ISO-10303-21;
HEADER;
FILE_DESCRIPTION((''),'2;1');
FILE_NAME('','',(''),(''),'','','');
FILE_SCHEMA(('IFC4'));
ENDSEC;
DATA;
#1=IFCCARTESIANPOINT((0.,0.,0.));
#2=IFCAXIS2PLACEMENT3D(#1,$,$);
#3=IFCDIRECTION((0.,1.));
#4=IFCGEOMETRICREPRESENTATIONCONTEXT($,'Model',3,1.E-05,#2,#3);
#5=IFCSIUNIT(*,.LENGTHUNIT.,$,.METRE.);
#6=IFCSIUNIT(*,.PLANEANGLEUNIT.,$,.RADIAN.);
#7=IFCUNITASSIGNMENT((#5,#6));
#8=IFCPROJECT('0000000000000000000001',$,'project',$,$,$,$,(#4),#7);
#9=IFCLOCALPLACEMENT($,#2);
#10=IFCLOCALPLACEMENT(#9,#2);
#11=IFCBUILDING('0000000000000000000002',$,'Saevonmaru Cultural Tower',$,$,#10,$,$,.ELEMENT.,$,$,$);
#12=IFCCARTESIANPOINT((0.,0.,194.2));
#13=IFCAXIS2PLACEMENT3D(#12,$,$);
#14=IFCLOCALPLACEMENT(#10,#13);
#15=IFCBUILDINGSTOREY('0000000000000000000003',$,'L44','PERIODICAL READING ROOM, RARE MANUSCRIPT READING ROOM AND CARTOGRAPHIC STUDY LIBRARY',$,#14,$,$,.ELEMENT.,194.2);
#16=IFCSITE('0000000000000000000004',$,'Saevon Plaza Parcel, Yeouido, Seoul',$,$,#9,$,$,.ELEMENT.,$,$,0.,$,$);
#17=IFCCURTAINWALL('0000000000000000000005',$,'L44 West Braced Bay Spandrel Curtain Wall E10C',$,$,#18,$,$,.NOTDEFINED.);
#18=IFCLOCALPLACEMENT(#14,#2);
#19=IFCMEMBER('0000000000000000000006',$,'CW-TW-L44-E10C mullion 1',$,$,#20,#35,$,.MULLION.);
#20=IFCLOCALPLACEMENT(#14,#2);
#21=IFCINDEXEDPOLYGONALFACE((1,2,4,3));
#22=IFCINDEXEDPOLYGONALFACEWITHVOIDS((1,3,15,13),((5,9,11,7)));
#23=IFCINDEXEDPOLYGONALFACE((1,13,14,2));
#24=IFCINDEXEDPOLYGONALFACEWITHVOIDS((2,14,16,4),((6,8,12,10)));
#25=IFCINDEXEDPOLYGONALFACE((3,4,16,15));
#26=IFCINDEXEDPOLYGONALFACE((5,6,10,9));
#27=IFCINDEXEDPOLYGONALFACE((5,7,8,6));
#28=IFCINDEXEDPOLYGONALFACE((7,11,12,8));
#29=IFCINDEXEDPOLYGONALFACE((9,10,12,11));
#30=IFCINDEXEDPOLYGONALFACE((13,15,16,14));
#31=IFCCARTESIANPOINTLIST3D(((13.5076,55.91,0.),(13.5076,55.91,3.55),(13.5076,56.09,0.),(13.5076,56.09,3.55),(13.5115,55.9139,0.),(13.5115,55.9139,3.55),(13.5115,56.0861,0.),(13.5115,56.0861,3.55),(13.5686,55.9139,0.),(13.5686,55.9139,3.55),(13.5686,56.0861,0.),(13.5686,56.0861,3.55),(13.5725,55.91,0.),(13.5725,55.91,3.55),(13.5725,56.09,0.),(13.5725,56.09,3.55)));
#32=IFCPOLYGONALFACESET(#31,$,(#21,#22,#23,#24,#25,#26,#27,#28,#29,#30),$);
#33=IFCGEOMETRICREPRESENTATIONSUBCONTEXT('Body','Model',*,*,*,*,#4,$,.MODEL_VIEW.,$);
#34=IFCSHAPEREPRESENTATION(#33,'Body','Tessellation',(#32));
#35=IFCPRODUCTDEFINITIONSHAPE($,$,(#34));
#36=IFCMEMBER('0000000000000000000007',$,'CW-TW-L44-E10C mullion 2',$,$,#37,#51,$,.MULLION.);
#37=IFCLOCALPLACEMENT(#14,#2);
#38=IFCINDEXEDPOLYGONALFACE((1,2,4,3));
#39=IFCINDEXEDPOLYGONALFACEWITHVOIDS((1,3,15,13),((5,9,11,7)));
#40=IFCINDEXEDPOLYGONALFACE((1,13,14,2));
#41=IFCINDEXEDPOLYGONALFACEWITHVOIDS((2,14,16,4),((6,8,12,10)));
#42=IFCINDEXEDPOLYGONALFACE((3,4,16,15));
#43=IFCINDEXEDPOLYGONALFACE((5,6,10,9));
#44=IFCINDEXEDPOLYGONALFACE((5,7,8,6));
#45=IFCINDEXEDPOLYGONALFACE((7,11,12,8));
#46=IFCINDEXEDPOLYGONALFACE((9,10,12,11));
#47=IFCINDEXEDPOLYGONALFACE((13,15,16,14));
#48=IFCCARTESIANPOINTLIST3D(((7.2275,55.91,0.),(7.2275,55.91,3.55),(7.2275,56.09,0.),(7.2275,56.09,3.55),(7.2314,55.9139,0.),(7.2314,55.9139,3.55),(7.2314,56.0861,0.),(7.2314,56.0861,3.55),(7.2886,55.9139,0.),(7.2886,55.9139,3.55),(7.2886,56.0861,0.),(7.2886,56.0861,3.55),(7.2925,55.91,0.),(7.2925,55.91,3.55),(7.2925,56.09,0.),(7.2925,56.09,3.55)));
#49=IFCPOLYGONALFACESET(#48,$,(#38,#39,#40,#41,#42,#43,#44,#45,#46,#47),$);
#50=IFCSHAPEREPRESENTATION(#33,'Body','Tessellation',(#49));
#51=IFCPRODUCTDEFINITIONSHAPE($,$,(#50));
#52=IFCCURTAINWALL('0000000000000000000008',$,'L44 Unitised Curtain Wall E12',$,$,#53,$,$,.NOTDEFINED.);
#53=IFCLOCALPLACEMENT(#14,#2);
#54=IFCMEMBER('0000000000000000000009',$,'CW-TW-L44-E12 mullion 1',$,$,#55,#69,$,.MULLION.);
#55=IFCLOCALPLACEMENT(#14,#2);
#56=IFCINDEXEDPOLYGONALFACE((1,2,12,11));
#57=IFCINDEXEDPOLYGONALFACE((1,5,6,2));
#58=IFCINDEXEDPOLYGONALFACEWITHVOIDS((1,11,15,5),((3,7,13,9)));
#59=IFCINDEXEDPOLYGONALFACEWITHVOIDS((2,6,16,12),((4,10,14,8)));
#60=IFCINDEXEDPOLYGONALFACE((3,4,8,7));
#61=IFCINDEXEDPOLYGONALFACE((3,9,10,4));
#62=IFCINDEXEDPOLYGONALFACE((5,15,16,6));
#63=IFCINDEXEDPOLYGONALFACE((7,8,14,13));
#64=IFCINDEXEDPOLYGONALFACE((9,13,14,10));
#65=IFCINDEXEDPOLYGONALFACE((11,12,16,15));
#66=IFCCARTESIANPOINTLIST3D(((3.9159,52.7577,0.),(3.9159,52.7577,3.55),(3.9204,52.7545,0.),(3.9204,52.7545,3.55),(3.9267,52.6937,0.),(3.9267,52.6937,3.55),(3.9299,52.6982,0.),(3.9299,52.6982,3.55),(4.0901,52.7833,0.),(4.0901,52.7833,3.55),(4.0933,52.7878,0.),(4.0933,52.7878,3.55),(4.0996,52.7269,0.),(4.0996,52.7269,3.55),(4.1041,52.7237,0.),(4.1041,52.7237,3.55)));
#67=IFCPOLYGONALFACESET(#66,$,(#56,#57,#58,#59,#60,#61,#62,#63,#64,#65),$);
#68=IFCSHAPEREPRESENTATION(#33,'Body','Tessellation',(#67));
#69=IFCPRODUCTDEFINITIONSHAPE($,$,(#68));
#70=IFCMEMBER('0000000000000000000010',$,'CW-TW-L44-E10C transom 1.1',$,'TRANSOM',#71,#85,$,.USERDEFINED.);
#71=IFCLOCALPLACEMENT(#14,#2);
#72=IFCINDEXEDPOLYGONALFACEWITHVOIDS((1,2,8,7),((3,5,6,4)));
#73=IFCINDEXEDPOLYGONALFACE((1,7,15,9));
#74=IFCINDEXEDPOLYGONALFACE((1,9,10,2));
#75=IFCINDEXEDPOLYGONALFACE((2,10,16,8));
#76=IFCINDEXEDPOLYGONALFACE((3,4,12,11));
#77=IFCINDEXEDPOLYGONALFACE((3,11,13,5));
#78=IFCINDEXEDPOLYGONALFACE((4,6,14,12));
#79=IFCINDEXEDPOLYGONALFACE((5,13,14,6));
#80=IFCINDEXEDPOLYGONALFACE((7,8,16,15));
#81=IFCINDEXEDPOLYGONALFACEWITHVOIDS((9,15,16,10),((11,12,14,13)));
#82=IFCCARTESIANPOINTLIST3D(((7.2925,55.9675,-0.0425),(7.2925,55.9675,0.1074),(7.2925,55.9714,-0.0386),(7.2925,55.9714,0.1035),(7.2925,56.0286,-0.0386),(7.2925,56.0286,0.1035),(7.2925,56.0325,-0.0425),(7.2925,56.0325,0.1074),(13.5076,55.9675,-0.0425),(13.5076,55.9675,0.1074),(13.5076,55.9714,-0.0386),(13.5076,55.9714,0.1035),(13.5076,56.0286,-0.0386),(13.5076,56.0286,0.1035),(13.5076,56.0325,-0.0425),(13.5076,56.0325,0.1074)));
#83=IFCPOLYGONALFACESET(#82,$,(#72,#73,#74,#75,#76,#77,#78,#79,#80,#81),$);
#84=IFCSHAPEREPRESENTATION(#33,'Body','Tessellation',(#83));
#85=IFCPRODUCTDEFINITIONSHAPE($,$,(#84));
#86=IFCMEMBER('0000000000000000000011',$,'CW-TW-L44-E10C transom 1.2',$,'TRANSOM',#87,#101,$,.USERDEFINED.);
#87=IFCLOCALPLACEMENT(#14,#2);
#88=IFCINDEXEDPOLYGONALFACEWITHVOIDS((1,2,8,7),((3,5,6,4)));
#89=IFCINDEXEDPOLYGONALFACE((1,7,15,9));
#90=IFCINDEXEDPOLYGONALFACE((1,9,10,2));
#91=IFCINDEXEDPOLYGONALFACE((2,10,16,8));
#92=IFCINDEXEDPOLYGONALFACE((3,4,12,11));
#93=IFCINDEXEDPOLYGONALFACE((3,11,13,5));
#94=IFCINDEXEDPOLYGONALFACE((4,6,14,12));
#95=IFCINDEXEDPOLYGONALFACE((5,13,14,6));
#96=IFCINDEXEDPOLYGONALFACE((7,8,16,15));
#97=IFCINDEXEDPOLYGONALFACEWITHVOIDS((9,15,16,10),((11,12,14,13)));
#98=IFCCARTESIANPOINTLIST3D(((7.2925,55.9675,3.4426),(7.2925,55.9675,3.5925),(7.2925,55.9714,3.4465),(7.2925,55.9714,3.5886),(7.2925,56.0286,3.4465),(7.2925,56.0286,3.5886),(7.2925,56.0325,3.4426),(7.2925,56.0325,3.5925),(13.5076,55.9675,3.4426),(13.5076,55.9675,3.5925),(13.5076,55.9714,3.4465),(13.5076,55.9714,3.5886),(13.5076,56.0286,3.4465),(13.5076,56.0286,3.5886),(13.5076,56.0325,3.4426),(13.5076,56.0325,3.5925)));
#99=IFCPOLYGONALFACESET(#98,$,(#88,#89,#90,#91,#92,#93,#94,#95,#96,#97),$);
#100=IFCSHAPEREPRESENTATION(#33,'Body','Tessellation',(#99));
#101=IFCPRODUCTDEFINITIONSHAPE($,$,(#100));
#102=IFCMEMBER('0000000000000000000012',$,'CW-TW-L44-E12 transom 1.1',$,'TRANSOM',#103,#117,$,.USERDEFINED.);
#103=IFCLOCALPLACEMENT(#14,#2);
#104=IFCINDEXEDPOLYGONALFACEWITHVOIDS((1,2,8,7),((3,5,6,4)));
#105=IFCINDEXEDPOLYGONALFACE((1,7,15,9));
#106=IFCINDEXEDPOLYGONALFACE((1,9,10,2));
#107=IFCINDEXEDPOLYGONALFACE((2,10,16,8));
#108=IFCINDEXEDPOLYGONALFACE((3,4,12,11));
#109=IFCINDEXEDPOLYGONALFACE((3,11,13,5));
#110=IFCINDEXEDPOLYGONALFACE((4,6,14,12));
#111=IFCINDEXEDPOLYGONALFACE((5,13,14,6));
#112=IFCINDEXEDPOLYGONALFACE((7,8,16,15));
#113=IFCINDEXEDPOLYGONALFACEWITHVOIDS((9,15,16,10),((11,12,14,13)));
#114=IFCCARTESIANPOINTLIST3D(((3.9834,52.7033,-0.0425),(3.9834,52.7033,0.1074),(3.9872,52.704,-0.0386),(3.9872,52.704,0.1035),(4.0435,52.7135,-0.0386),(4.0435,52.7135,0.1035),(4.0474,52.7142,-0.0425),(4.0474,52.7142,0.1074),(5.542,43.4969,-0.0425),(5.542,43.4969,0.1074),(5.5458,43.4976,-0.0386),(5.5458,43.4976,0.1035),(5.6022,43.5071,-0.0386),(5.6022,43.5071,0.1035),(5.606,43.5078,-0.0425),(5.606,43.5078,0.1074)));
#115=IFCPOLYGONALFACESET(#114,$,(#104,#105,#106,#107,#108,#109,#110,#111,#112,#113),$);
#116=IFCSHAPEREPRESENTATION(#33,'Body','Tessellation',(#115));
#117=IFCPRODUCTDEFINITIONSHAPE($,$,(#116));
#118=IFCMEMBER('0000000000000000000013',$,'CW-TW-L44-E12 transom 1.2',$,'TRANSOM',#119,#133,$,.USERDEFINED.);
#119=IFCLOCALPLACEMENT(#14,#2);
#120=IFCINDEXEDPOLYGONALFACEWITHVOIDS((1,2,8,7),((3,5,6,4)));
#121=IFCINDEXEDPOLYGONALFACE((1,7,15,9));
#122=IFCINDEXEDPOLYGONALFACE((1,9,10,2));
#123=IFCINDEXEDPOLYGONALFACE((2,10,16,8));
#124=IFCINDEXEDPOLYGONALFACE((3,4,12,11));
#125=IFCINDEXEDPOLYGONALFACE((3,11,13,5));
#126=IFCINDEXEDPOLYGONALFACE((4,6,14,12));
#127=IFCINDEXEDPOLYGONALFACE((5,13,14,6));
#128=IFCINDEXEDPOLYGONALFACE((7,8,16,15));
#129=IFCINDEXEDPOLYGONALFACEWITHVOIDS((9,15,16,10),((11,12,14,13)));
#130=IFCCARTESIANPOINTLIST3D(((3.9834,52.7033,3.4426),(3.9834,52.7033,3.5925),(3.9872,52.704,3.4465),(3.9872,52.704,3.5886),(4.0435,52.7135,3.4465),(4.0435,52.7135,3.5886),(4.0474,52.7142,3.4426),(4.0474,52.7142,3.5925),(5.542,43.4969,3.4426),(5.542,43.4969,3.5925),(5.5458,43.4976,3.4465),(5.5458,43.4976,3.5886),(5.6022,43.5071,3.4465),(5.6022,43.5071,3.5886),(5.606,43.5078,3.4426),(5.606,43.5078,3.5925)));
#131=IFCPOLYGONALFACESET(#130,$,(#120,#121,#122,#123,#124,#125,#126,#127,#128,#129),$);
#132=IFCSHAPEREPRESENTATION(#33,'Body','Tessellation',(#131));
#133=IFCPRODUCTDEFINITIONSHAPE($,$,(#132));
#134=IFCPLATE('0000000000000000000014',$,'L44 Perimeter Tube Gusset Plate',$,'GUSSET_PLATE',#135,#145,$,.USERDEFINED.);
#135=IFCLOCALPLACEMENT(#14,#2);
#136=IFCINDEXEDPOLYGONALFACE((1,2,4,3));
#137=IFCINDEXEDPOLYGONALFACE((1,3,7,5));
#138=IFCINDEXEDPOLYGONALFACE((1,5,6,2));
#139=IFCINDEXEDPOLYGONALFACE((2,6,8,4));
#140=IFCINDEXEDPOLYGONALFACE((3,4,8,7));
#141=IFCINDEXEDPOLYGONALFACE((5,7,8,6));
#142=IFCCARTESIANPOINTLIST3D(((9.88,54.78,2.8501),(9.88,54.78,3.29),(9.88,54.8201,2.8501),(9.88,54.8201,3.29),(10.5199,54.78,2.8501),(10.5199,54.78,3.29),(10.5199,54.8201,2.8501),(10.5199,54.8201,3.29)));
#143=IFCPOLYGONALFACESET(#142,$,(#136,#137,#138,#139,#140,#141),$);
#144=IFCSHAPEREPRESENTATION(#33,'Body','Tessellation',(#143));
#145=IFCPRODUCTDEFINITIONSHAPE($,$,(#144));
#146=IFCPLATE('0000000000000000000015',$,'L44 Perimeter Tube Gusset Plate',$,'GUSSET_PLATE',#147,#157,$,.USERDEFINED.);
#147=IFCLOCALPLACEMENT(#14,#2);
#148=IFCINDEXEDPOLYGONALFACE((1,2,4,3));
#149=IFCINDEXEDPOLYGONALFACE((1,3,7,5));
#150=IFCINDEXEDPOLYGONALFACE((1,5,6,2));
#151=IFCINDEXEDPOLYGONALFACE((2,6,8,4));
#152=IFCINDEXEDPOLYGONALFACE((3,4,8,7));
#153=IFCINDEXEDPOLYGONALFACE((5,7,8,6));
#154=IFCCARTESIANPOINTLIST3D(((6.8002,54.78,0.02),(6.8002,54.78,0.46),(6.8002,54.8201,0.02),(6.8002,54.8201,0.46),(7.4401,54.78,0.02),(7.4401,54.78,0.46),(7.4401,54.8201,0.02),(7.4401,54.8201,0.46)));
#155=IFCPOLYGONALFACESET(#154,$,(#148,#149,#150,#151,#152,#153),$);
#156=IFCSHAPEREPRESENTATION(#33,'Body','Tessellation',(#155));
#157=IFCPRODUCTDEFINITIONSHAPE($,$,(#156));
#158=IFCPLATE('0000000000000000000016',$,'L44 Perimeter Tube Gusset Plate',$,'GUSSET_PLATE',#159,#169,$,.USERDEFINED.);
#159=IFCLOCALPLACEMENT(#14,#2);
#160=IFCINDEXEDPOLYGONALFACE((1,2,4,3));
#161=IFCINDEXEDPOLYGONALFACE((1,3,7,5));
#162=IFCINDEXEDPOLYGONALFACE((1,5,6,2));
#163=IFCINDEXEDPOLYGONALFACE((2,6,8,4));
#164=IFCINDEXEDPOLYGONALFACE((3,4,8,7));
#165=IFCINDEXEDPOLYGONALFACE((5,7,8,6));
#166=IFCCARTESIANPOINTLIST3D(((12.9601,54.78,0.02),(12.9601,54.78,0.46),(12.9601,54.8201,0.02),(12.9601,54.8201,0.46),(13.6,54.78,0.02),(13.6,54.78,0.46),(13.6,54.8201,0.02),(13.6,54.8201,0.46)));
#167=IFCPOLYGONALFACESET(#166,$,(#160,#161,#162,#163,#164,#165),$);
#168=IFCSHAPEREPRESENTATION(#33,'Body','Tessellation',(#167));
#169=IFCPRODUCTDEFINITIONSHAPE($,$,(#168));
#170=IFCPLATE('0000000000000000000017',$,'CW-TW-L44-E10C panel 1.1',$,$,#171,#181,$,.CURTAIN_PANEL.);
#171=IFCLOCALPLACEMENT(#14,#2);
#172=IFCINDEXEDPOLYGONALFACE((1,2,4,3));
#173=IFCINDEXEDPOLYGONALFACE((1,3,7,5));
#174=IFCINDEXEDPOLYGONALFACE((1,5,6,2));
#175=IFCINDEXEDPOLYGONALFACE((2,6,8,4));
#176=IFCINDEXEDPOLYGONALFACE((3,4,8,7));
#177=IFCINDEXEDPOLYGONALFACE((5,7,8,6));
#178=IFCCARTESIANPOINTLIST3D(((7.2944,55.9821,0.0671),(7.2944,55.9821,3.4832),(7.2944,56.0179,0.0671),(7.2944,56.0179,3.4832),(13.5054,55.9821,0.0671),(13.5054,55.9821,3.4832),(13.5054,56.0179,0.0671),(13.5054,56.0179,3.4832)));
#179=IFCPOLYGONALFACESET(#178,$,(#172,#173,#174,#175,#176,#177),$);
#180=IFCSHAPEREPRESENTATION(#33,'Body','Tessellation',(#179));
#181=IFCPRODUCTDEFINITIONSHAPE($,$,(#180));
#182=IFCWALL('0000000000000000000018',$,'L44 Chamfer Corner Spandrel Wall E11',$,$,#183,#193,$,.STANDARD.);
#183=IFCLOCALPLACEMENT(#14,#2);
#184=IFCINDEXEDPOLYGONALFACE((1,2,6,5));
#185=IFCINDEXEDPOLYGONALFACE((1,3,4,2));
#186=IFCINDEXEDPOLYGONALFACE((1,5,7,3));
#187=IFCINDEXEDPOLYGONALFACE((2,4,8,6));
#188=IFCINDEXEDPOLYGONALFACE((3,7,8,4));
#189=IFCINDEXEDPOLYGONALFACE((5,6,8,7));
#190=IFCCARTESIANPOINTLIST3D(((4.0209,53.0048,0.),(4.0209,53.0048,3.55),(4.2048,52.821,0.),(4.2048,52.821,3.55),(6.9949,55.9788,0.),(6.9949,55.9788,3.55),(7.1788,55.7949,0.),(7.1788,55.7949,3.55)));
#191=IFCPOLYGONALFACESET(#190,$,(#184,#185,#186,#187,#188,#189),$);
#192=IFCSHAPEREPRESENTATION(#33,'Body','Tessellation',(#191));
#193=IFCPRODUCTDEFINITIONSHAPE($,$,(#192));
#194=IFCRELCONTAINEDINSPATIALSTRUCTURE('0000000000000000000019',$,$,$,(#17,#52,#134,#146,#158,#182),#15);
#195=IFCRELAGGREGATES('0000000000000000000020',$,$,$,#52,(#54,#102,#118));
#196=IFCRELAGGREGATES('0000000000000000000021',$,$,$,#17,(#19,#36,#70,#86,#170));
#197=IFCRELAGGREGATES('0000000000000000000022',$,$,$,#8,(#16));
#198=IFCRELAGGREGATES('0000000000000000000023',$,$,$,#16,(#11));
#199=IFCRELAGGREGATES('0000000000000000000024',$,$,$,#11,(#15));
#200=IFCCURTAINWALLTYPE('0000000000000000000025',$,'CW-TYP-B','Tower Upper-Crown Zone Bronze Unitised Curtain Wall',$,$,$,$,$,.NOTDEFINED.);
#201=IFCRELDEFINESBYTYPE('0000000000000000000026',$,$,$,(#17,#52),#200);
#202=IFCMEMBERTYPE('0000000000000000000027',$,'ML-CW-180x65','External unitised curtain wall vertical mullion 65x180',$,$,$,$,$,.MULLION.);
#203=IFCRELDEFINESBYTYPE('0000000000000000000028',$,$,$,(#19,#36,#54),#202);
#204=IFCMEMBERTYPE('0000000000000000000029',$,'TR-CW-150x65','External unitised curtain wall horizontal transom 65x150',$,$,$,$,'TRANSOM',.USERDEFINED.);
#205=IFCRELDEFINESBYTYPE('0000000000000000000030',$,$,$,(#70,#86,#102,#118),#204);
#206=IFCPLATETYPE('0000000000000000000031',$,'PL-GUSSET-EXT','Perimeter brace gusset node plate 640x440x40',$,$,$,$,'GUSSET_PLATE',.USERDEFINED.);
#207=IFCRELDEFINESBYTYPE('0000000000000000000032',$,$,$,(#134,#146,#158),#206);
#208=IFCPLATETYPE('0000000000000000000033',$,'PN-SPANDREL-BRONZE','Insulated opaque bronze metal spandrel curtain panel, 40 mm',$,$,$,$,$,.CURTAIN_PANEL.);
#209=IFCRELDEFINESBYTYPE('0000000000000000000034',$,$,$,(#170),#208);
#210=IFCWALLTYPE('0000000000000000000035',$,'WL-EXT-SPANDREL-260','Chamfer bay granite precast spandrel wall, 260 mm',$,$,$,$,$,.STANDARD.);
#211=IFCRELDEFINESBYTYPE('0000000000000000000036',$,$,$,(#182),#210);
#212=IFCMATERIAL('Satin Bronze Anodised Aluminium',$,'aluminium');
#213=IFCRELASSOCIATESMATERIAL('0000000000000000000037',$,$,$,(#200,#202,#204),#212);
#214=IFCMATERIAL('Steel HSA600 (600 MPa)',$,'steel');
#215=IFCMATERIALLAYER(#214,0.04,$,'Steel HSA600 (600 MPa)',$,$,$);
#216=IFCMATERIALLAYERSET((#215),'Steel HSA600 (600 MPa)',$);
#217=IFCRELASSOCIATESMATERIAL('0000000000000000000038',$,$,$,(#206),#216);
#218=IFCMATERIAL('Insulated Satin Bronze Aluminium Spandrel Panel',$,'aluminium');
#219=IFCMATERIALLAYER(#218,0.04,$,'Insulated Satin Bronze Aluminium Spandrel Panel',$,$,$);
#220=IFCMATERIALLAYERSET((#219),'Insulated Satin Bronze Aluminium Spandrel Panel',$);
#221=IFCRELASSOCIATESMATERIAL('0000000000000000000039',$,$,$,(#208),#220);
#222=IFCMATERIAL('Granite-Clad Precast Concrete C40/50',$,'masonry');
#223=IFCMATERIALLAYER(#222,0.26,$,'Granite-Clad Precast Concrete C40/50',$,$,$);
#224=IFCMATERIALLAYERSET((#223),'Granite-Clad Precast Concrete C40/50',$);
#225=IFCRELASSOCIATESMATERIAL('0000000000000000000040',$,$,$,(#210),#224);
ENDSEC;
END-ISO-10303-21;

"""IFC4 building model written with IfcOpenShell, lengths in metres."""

from ifc_helpers import new_model, si_unit, direction, frame, frame_2d, origin, origin_2d, place, context, subcontext, project, spatial, rectangle, hollow_rectangle, extrude, material, layer, layer_set, material_profile, profile_set, type_object, element, aggregate, save


model = new_model("IFC4")

# Units and contexts
model_context = context("Model", 3, precision=1e-05, world=origin(), true_north=direction((0.0, 1.0)))
body_context = subcontext(model_context, "Body", "Model", "MODEL_VIEW")
ifc_project = project(units=[si_unit("LENGTHUNIT", "METRE"), si_unit("PLANEANGLEUNIT", "RADIAN")], contexts=[model_context])

# Site, building, storey
site_placement = place(None, origin())
site = spatial("IfcSite", under=ifc_project, at=site_placement, Name="Saevon Plaza Parcel, Yeouido, Seoul", CompositionType="ELEMENT", RefElevation=0.0)
building_placement = place(site_placement, origin())
building = spatial("IfcBuilding", under=site, at=building_placement, Name="Saevonmaru Cultural Tower", CompositionType="ELEMENT")
storey_placement = place(building_placement, frame((0.0, 0.0, 194.2)))
storey = spatial("IfcBuildingStorey", under=building, at=storey_placement, Name="L44", Description="PERIODICAL READING ROOM, RARE MANUSCRIPT READING ROOM AND CARTOGRAPHIC STUDY LIBRARY", CompositionType="ELEMENT", Elevation=194.2)

# Curtain wall, members
ifc_material_1 = material(Name="Satin Bronze Anodised Aluminium", Category="aluminium")
curtain_wall_type = type_object("IfcCurtainWallType", Name="CW-TYP-B", Description="Tower Upper-Crown Zone Bronze Unitised Curtain Wall", PredefinedType="NOTDEFINED", material=ifc_material_1)
curtain_wall_1_placement = place(storey_placement, origin())
curtain_wall_1 = element("IfcCurtainWall", 1, at=curtain_wall_1_placement, inside=storey, type_object=curtain_wall_type, Name="L44 West Braced Bay Spandrel Curtain Wall E10C", PredefinedType="NOTDEFINED")
ifc_material_profile_1 = material_profile(ifc_material_1, hollow_rectangle(XDim=0.0649, YDim=0.1799, WallThickness=0.0039, at=origin_2d()), Name="ALU-MULL-180x65x4")
ifc_profile_set_1 = profile_set([ifc_material_profile_1], Name="Satin Bronze Anodised Aluminium")
member_type_1 = type_object("IfcMemberType", Name="ML-CW-180x65", Description="External unitised curtain wall vertical mullion 65x180", PredefinedType="MULLION", material=ifc_profile_set_1)
member_1_placement = place(storey_placement, frame((13.54, 56.0, 0.0), z_axis=(0.0, 0.0, 1.0), x_axis=(-1.0, 0.0, 0.0)))
member_1 = element("IfcMember", 2, at=member_1_placement, type_object=member_type_1, Name="CW-TW-L44-E10C mullion 1", PredefinedType="MULLION", context=body_context, shape_type="SweptSolid", body=[
    extrude(hollow_rectangle(XDim=0.0649, YDim=0.1799, WallThickness=0.0039, at=origin_2d()), origin(), (0.0, 0.0, 1.0), 3.55),
])
member_2_placement = place(storey_placement, frame((7.26, 56.0, 0.0), z_axis=(0.0, 0.0, 1.0), x_axis=(-1.0, 0.0, 0.0)))
member_2 = element("IfcMember", 3, at=member_2_placement, type_object=member_type_1, Name="CW-TW-L44-E10C mullion 2", PredefinedType="MULLION", context=body_context, shape_type="SweptSolid", body=[
    extrude(hollow_rectangle(XDim=0.0649, YDim=0.1799, WallThickness=0.0039, at=origin_2d()), origin(), (0.0, 0.0, 1.0), 3.55),
])

# Curtain wall, member
curtain_wall_2_placement = place(storey_placement, origin())
curtain_wall_2 = element("IfcCurtainWall", 4, at=curtain_wall_2_placement, inside=storey, type_object=curtain_wall_type, Name="L44 Unitised Curtain Wall E12", PredefinedType="NOTDEFINED")
member_3_placement = place(storey_placement, frame((4.01, 52.7407, 0.0), z_axis=(0.0, 0.0, 1.0), x_axis=(0.166922, -0.98597, 0.0)))
member_3 = element("IfcMember", 5, at=member_3_placement, type_object=member_type_1, Name="CW-TW-L44-E12 mullion 1", PredefinedType="MULLION", context=body_context, shape_type="SweptSolid", body=[
    extrude(hollow_rectangle(XDim=0.0649, YDim=0.1799, WallThickness=0.0039, at=origin_2d()), origin(), (0.0, 0.0, 1.0), 3.55),
])

# Members
ifc_material_profile_2 = material_profile(ifc_material_1, hollow_rectangle(XDim=0.0649, YDim=0.1499, WallThickness=0.0039, at=origin_2d()), Name="ALU-TRAN-150x65x4")
ifc_profile_set_2 = profile_set([ifc_material_profile_2], Name="Satin Bronze Anodised Aluminium")
member_type_2 = type_object("IfcMemberType", Name="TR-CW-150x65", Description="External unitised curtain wall horizontal transom 65x150", ElementType="TRANSOM", PredefinedType="USERDEFINED", material=ifc_profile_set_2)
member_4_placement = place(storey_placement, frame((13.5076, 56.0, 0.0325), z_axis=(-1.0, 0.0, 0.0), x_axis=(0.0, -1.0, 0.0)))
member_4 = element("IfcMember", 6, at=member_4_placement, type_object=member_type_2, Name="CW-TW-L44-E10C transom 1.1", ObjectType="TRANSOM", PredefinedType="USERDEFINED", context=body_context, shape_type="SweptSolid", body=[
    extrude(hollow_rectangle(XDim=0.0649, YDim=0.1499, WallThickness=0.0039, at=origin_2d()), origin(), (0.0, 0.0, 1.0), 6.2151),
])
member_5_placement = place(storey_placement, frame((13.5076, 56.0, 3.5176), z_axis=(-1.0, 0.0, 0.0), x_axis=(0.0, -1.0, 0.0)))
member_5 = element("IfcMember", 7, at=member_5_placement, type_object=member_type_2, Name="CW-TW-L44-E10C transom 1.2", ObjectType="TRANSOM", PredefinedType="USERDEFINED", context=body_context, shape_type="SweptSolid", body=[
    extrude(hollow_rectangle(XDim=0.0649, YDim=0.1499, WallThickness=0.0039, at=origin_2d()), origin(), (0.0, 0.0, 1.0), 6.2151),
])
member_6_placement = place(storey_placement, frame((4.0154, 52.7087, 0.0325), z_axis=(0.166921, -0.98597, 0.0), x_axis=(0.98597, 0.166921, 0.0)))
member_6 = element("IfcMember", 8, at=member_6_placement, type_object=member_type_2, Name="CW-TW-L44-E12 transom 1.1", ObjectType="TRANSOM", PredefinedType="USERDEFINED", context=body_context, shape_type="SweptSolid", body=[
    extrude(hollow_rectangle(XDim=0.0649, YDim=0.1499, WallThickness=0.0039, at=origin_2d()), origin(), (0.0, 0.0, 1.0), 9.3374),
])
member_7_placement = place(storey_placement, frame((4.0154, 52.7087, 3.5176), z_axis=(0.166921, -0.98597, 0.0), x_axis=(0.98597, 0.166921, 0.0)))
member_7 = element("IfcMember", 9, at=member_7_placement, type_object=member_type_2, Name="CW-TW-L44-E12 transom 1.2", ObjectType="TRANSOM", PredefinedType="USERDEFINED", context=body_context, shape_type="SweptSolid", body=[
    extrude(hollow_rectangle(XDim=0.0649, YDim=0.1499, WallThickness=0.0039, at=origin_2d()), origin(), (0.0, 0.0, 1.0), 9.3374),
])
aggregate(curtain_wall_2, [member_3, member_6, member_7])

# Plates
ifc_material_2 = material(Name="Steel HSA600 (600 MPa)", Category="steel")
ifc_layer_1 = layer(ifc_material_2, 0.04, Name="Steel HSA600 (600 MPa)")
ifc_layer_set_1 = layer_set([ifc_layer_1], Name="Steel HSA600 (600 MPa)")
plate_type_1 = type_object("IfcPlateType", Name="PL-GUSSET-EXT", Description="Perimeter brace gusset node plate 640x440x40", ElementType="GUSSET_PLATE", PredefinedType="USERDEFINED", material=ifc_layer_set_1)
for number, where, z_axis, x_axis, name in (
    (10, (10.2, 54.8, 2.8501), (0.0, 0.0, 1.0), (1.0, 0.0, 0.0), "L44 Perimeter Tube Gusset Plate"),
    (11, (7.1201, 54.8, 0.02), (0.0, 0.0, 1.0), (1.0, 0.0, 0.0), "L44 Perimeter Tube Gusset Plate"),
    (12, (13.28, 54.8, 0.02), (0.0, 0.0, 1.0), (1.0, 0.0, 0.0), "L44 Perimeter Tube Gusset Plate"),
):
    element("IfcPlate", number, at=place(storey_placement, frame(where, z_axis=z_axis, x_axis=x_axis)), inside=storey, type_object=plate_type_1, Name=name, ObjectType="GUSSET_PLATE", PredefinedType="USERDEFINED", context=body_context, shape_type="SweptSolid", body=[
        extrude(rectangle(XDim=0.6399, YDim=0.04, at=origin_2d()), origin(), (0.0, 0.0, 1.0), 0.4399),
    ])

# Plate
ifc_material_3 = material(Name="Insulated Satin Bronze Aluminium Spandrel Panel", Category="aluminium")
ifc_layer_2 = layer(ifc_material_3, 0.04, Name="Insulated Satin Bronze Aluminium Spandrel Panel")
ifc_layer_set_2 = layer_set([ifc_layer_2], Name="Insulated Satin Bronze Aluminium Spandrel Panel")
plate_type_2 = type_object("IfcPlateType", Name="PN-SPANDREL-BRONZE", Description="Insulated opaque bronze metal spandrel curtain panel, 40 mm", PredefinedType="CURTAIN_PANEL", material=ifc_layer_set_2)
plate_placement = place(storey_placement, frame((10.3999, 56.0, 0.0671), z_axis=(0.0, 0.0, 1.0), x_axis=(-1.0, 0.0, 0.0)))
plate = element("IfcPlate", 13, at=plate_placement, type_object=plate_type_2, Name="CW-TW-L44-E10C panel 1.1", PredefinedType="CURTAIN_PANEL", context=body_context, shape_type="SweptSolid", body=[
    extrude(rectangle(XDim=6.2109, YDim=0.0359, at=origin_2d()), origin(), (0.0, 0.0, 1.0), 3.416),
])
aggregate(curtain_wall_1, [member_1, member_2, member_4, member_5, plate])

# Wall
ifc_material_4 = material(Name="Granite-Clad Precast Concrete C40/50", Category="masonry")
ifc_layer_3 = layer(ifc_material_4, 0.26, Name="Granite-Clad Precast Concrete C40/50")
ifc_layer_set_3 = layer_set([ifc_layer_3], Name="Granite-Clad Precast Concrete C40/50")
wall_type_1 = type_object("IfcWallType", Name="WL-EXT-SPANDREL-260", Description="Chamfer bay granite precast spandrel wall, 260 mm", PredefinedType="STANDARD", material=ifc_layer_set_3)
wall_1_placement = place(storey_placement, frame((7.0869, 55.887, 0.0), z_axis=(0.0, 0.0, 1.0), x_axis=(-0.707107, -0.707107, 0.0)))
element("IfcWall", 14, at=wall_1_placement, inside=storey, type_object=wall_type_1, Name="L44 Chamfer Corner Spandrel Wall E11", PredefinedType="STANDARD", context=body_context, shape_type="SweptSolid", body=[
    extrude(rectangle(XDim=4.2058, YDim=0.26, at=frame_2d((2.103, 0.0))), origin(), (0.0, 0.0, 1.0), 3.55),
])

save(model, "model.ifc")
